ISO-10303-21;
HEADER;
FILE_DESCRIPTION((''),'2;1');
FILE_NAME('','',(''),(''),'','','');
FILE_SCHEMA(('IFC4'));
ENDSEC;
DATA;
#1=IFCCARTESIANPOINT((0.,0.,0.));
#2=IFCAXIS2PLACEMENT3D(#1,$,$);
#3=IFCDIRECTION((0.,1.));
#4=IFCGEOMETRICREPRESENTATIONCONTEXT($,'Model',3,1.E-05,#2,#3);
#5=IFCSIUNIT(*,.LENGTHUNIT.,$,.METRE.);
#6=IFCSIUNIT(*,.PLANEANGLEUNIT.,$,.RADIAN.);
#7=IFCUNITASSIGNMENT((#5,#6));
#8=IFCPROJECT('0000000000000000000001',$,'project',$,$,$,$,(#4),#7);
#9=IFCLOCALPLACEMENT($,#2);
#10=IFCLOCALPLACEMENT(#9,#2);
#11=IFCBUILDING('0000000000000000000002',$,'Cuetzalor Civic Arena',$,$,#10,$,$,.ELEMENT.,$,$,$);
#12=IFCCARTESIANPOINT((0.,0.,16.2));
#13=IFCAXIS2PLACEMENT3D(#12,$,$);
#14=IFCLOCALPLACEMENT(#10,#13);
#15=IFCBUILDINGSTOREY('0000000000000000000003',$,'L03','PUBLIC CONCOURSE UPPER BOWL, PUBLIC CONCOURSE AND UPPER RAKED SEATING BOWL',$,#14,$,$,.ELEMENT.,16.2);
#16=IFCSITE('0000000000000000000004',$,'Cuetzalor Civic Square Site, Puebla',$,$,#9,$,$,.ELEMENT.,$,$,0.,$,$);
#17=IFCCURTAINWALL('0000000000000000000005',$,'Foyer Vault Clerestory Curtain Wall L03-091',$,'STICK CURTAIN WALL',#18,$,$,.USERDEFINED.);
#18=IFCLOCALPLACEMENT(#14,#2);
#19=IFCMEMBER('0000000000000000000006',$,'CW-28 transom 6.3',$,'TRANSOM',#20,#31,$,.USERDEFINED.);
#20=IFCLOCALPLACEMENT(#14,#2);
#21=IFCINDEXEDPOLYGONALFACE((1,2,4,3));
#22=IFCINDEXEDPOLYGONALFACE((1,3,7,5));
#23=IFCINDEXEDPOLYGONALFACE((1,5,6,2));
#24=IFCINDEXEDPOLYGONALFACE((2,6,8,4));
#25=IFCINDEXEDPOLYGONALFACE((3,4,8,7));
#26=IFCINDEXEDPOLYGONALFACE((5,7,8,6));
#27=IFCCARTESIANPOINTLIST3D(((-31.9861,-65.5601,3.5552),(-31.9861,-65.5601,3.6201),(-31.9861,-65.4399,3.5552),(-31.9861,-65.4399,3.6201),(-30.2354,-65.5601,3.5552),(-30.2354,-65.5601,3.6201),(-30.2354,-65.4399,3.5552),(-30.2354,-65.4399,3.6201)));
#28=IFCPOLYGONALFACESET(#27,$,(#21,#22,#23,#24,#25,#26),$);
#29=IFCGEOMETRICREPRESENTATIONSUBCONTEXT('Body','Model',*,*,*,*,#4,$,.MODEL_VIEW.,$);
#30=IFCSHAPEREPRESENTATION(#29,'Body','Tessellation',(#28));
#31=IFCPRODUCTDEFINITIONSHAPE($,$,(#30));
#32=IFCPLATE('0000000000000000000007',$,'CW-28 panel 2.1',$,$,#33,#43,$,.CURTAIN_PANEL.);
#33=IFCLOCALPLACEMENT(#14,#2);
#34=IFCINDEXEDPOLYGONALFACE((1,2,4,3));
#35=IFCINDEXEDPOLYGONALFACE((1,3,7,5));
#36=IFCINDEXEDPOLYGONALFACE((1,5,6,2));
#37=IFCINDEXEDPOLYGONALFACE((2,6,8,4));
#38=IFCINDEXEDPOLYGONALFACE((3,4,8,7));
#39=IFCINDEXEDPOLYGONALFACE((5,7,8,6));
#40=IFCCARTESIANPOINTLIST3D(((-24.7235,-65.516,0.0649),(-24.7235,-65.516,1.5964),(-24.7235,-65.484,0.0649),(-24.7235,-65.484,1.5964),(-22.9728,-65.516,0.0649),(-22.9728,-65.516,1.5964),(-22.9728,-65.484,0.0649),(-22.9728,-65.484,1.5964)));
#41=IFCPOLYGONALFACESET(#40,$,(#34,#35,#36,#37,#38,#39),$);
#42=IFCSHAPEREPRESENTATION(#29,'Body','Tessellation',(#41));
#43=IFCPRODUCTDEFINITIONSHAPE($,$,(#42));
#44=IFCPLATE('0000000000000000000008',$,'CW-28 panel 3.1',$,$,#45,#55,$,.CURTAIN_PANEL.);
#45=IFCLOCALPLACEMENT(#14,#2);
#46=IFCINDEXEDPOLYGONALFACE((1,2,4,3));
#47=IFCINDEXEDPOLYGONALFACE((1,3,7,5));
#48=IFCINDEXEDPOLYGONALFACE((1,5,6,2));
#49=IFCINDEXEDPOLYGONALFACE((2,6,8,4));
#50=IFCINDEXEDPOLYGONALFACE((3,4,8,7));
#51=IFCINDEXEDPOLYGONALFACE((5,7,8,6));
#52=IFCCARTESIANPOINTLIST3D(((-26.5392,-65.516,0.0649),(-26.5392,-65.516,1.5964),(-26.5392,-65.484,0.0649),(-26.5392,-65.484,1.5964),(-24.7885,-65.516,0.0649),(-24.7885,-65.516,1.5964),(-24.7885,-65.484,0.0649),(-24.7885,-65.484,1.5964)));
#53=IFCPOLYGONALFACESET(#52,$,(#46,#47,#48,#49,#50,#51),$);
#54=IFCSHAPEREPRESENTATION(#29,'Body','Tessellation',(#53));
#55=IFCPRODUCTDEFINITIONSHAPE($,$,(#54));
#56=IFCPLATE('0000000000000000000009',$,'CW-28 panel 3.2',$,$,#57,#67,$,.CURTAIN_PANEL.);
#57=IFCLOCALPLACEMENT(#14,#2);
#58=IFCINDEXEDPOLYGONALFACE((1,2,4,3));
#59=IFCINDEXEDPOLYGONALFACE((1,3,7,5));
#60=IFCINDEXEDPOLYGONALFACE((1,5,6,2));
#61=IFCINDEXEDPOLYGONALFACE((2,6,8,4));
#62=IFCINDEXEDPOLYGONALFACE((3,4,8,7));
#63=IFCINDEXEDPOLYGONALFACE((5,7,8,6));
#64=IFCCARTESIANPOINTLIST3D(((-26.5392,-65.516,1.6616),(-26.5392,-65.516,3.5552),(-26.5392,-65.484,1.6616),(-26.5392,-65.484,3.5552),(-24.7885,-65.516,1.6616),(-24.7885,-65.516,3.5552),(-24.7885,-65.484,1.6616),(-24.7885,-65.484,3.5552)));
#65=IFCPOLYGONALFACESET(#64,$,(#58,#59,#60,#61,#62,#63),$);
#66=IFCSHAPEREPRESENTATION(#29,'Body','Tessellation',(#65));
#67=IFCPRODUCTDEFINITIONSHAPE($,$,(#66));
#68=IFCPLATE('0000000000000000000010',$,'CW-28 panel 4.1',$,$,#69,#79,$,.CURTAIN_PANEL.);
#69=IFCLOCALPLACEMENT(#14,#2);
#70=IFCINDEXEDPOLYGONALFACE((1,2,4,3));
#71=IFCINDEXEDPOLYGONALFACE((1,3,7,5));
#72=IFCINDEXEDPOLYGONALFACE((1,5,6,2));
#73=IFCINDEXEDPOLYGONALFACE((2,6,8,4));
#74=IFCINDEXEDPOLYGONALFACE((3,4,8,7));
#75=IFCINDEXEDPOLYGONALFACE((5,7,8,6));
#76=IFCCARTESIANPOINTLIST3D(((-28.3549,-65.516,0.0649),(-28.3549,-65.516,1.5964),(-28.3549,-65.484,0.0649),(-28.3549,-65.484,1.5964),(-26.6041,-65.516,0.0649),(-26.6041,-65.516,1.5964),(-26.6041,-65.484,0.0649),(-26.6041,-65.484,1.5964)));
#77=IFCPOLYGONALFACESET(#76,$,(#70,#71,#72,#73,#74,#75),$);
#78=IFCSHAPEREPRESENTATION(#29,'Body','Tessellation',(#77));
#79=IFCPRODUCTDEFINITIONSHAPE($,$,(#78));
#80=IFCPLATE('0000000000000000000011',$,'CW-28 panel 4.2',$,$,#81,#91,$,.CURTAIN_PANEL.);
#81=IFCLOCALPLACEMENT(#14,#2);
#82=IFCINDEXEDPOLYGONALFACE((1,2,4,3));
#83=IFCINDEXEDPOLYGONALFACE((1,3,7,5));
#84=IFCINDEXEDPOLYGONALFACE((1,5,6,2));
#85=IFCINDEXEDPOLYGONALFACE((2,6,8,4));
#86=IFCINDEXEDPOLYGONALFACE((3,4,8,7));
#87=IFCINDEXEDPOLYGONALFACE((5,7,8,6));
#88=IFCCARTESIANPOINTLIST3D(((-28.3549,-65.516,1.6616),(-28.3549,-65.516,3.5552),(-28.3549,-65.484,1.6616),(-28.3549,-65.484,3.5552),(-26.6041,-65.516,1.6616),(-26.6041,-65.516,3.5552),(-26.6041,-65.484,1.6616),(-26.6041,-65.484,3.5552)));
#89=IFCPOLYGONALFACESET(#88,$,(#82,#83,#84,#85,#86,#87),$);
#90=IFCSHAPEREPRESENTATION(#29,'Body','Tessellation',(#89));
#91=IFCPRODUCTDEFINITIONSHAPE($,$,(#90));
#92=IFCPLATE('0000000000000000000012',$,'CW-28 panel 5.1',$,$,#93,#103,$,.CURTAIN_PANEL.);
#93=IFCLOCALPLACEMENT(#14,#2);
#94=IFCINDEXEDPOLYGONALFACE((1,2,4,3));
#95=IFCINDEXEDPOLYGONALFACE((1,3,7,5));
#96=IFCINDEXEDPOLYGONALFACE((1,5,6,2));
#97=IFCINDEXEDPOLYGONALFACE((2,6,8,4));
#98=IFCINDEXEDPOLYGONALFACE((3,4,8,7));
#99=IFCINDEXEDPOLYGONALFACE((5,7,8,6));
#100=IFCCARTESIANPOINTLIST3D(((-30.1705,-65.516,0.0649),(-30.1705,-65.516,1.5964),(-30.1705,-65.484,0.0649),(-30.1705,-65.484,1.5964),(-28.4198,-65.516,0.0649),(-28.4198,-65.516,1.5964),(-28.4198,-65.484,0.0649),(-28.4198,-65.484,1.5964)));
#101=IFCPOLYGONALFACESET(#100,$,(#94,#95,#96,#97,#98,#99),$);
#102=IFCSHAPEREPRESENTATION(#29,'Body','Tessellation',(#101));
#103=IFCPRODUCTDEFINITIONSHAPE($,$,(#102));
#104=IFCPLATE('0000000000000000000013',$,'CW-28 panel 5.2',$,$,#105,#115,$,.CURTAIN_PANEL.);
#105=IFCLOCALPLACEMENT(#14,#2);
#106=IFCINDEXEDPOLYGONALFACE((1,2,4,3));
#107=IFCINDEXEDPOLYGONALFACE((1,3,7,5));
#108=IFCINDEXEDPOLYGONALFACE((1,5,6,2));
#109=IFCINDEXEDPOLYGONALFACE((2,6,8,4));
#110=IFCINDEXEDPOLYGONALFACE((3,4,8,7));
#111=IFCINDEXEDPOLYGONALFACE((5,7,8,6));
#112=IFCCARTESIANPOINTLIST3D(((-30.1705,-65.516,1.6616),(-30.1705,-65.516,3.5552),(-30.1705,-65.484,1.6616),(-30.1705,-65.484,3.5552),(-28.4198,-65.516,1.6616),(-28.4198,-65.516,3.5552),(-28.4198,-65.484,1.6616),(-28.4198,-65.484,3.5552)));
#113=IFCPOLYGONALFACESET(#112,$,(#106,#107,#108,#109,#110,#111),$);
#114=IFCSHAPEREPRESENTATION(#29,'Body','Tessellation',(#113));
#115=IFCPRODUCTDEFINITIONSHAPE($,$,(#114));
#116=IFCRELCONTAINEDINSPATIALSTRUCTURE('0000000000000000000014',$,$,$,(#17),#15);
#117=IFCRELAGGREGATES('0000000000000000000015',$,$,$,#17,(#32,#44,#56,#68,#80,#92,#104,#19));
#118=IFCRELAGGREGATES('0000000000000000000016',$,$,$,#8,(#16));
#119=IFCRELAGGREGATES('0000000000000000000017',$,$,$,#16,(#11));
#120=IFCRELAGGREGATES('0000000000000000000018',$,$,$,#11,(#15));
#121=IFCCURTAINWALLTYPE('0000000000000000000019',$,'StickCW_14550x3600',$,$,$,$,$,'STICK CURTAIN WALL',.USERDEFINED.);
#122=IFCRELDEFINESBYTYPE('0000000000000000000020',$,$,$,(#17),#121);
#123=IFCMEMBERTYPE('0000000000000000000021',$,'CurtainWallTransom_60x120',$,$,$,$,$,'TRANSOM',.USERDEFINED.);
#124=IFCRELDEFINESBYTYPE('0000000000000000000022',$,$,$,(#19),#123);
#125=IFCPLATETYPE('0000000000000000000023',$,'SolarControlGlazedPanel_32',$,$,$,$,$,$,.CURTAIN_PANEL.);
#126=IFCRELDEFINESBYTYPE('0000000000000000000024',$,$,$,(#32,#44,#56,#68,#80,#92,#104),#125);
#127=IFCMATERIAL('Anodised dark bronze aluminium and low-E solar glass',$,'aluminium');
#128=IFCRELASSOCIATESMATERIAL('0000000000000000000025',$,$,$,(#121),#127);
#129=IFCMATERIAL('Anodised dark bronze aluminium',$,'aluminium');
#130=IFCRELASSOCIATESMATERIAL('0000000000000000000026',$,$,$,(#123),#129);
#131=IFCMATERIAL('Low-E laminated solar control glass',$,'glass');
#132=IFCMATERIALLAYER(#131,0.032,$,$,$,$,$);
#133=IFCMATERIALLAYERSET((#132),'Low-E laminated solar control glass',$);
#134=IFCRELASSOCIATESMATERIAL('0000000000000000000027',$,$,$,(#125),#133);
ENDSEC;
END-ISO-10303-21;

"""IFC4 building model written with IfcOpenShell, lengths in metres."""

from ifc_helpers import new_model, si_unit, direction, frame, origin, origin_2d, place, context, subcontext, project, spatial, rectangle, extrude, material, layer, layer_set, material_profile, profile_set, type_object, element, aggregate, save


model = new_model("IFC4")

# Units and contexts
model_context = context("Model", 3, precision=1e-05, world=origin(), true_north=direction((0.0, 1.0)))
body_context = subcontext(model_context, "Body", "Model", "MODEL_VIEW")
ifc_project = project(units=[si_unit("LENGTHUNIT", "METRE"), si_unit("PLANEANGLEUNIT", "RADIAN")], contexts=[model_context])

# Site, building, storey
site_placement = place(None, origin())
site = spatial("IfcSite", under=ifc_project, at=site_placement, Name="Cuetzalor Civic Square Site, Puebla", CompositionType="ELEMENT", RefElevation=0.0)
building_placement = place(site_placement, origin())
building = spatial("IfcBuilding", under=site, at=building_placement, Name="Cuetzalor Civic Arena", CompositionType="ELEMENT")
storey_placement = place(building_placement, frame((0.0, 0.0, 16.2)))
storey = spatial("IfcBuildingStorey", under=building, at=storey_placement, Name="L03", Description="PUBLIC CONCOURSE UPPER BOWL, PUBLIC CONCOURSE AND UPPER RAKED SEATING BOWL", CompositionType="ELEMENT", Elevation=16.2)

# Curtain wall, member, plates
ifc_material_1 = material(Name="Anodised dark bronze aluminium and low-E solar glass", Category="aluminium")
curtain_wall_type = type_object("IfcCurtainWallType", Name="StickCW_14550x3600", ElementType="STICK CURTAIN WALL", PredefinedType="USERDEFINED", material=ifc_material_1)
curtain_wall_placement = place(storey_placement, origin())
curtain_wall = element("IfcCurtainWall", 1, at=curtain_wall_placement, inside=storey, type_object=curtain_wall_type, Name="Foyer Vault Clerestory Curtain Wall L03-091", ObjectType="STICK CURTAIN WALL", PredefinedType="USERDEFINED")
ifc_material_2 = material(Name="Anodised dark bronze aluminium", Category="aluminium")
ifc_material_profile_1 = material_profile(ifc_material_2, rectangle(XDim=0.1201, YDim=0.0649, at=origin_2d()), Name="ALU TRANSOM 65x120")
ifc_profile_set_1 = profile_set([ifc_material_profile_1], Name="Anodised dark bronze aluminium")
member_type_1 = type_object("IfcMemberType", Name="CurtainWallTransom_60x120", ElementType="TRANSOM", PredefinedType="USERDEFINED", material=ifc_profile_set_1)
member_1_placement = place(storey_placement, frame((-30.2354, -65.5, 3.5876), z_axis=(-1.0, 0.0, 0.0), x_axis=(0.0, -1.0, 0.0)))
member_1 = element("IfcMember", 2, at=member_1_placement, type_object=member_type_1, Name="CW-28 transom 6.3", ObjectType="TRANSOM", PredefinedType="USERDEFINED", context=body_context, shape_type="SweptSolid", body=[
    extrude(rectangle(XDim=0.1201, YDim=0.0649, at=origin_2d()), origin(), (0.0, 0.0, 1.0), 1.7507),
])
ifc_material_3 = material(Name="Low-E laminated solar control glass", Category="glass")
ifc_layer = layer(ifc_material_3, 0.032)
ifc_layer_set = layer_set([ifc_layer], Name="Low-E laminated solar control glass")
plate_type = type_object("IfcPlateType", Name="SolarControlGlazedPanel_32", PredefinedType="CURTAIN_PANEL", material=ifc_layer_set)
plate_1_placement = place(storey_placement, frame((-23.8481, -65.5, 0.0649), z_axis=(0.0, 0.0, 1.0), x_axis=(-1.0, 0.0, 0.0)))
plate_1 = element("IfcPlate", 3, at=plate_1_placement, type_object=plate_type, Name="CW-28 panel 2.1", PredefinedType="CURTAIN_PANEL", context=body_context, shape_type="SweptSolid", body=[
    extrude(rectangle(XDim=1.7507, YDim=0.032, at=origin_2d()), origin(), (0.0, 0.0, 1.0), 1.5315),
])
plate_2_placement = place(storey_placement, frame((-25.6638, -65.5, 0.0649), z_axis=(0.0, 0.0, 1.0), x_axis=(-1.0, 0.0, 0.0)))
plate_2 = element("IfcPlate", 4, at=plate_2_placement, type_object=plate_type, Name="CW-28 panel 3.1", PredefinedType="CURTAIN_PANEL", context=body_context, shape_type="SweptSolid", body=[
    extrude(rectangle(XDim=1.7507, YDim=0.032, at=origin_2d()), origin(), (0.0, 0.0, 1.0), 1.5315),
])
plate_3_placement = place(storey_placement, frame((-25.6638, -65.5, 1.6616), z_axis=(0.0, 0.0, 1.0), x_axis=(-1.0, 0.0, 0.0)))
plate_3 = element("IfcPlate", 5, at=plate_3_placement, type_object=plate_type, Name="CW-28 panel 3.2", PredefinedType="CURTAIN_PANEL", context=body_context, shape_type="SweptSolid", body=[
    extrude(rectangle(XDim=1.7507, YDim=0.032, at=origin_2d()), origin(), (0.0, 0.0, 1.0), 1.8936),
])
plate_4_placement = place(storey_placement, frame((-27.4795, -65.5, 0.0649), z_axis=(0.0, 0.0, 1.0), x_axis=(-1.0, 0.0, 0.0)))
plate_4 = element("IfcPlate", 6, at=plate_4_placement, type_object=plate_type, Name="CW-28 panel 4.1", PredefinedType="CURTAIN_PANEL", context=body_context, shape_type="SweptSolid", body=[
    extrude(rectangle(XDim=1.7507, YDim=0.032, at=origin_2d()), origin(), (0.0, 0.0, 1.0), 1.5315),
])
plate_5_placement = place(storey_placement, frame((-27.4795, -65.5, 1.6616), z_axis=(0.0, 0.0, 1.0), x_axis=(-1.0, 0.0, 0.0)))
plate_5 = element("IfcPlate", 7, at=plate_5_placement, type_object=plate_type, Name="CW-28 panel 4.2", PredefinedType="CURTAIN_PANEL", context=body_context, shape_type="SweptSolid", body=[
    extrude(rectangle(XDim=1.7507, YDim=0.032, at=origin_2d()), origin(), (0.0, 0.0, 1.0), 1.8936),
])
plate_6_placement = place(storey_placement, frame((-29.2952, -65.5, 0.0649), z_axis=(0.0, 0.0, 1.0), x_axis=(-1.0, 0.0, 0.0)))
plate_6 = element("IfcPlate", 8, at=plate_6_placement, type_object=plate_type, Name="CW-28 panel 5.1", PredefinedType="CURTAIN_PANEL", context=body_context, shape_type="SweptSolid", body=[
    extrude(rectangle(XDim=1.7507, YDim=0.032, at=origin_2d()), origin(), (0.0, 0.0, 1.0), 1.5315),
])
plate_7_placement = place(storey_placement, frame((-29.2952, -65.5, 1.6616), z_axis=(0.0, 0.0, 1.0), x_axis=(-1.0, 0.0, 0.0)))
plate_7 = element("IfcPlate", 9, at=plate_7_placement, type_object=plate_type, Name="CW-28 panel 5.2", PredefinedType="CURTAIN_PANEL", context=body_context, shape_type="SweptSolid", body=[
    extrude(rectangle(XDim=1.7507, YDim=0.032, at=origin_2d()), origin(), (0.0, 0.0, 1.0), 1.8936),
])
aggregate(curtain_wall, [plate_1, plate_2, plate_3, plate_4, plate_5, plate_6, plate_7, member_1])

save(model, "model.ifc")
